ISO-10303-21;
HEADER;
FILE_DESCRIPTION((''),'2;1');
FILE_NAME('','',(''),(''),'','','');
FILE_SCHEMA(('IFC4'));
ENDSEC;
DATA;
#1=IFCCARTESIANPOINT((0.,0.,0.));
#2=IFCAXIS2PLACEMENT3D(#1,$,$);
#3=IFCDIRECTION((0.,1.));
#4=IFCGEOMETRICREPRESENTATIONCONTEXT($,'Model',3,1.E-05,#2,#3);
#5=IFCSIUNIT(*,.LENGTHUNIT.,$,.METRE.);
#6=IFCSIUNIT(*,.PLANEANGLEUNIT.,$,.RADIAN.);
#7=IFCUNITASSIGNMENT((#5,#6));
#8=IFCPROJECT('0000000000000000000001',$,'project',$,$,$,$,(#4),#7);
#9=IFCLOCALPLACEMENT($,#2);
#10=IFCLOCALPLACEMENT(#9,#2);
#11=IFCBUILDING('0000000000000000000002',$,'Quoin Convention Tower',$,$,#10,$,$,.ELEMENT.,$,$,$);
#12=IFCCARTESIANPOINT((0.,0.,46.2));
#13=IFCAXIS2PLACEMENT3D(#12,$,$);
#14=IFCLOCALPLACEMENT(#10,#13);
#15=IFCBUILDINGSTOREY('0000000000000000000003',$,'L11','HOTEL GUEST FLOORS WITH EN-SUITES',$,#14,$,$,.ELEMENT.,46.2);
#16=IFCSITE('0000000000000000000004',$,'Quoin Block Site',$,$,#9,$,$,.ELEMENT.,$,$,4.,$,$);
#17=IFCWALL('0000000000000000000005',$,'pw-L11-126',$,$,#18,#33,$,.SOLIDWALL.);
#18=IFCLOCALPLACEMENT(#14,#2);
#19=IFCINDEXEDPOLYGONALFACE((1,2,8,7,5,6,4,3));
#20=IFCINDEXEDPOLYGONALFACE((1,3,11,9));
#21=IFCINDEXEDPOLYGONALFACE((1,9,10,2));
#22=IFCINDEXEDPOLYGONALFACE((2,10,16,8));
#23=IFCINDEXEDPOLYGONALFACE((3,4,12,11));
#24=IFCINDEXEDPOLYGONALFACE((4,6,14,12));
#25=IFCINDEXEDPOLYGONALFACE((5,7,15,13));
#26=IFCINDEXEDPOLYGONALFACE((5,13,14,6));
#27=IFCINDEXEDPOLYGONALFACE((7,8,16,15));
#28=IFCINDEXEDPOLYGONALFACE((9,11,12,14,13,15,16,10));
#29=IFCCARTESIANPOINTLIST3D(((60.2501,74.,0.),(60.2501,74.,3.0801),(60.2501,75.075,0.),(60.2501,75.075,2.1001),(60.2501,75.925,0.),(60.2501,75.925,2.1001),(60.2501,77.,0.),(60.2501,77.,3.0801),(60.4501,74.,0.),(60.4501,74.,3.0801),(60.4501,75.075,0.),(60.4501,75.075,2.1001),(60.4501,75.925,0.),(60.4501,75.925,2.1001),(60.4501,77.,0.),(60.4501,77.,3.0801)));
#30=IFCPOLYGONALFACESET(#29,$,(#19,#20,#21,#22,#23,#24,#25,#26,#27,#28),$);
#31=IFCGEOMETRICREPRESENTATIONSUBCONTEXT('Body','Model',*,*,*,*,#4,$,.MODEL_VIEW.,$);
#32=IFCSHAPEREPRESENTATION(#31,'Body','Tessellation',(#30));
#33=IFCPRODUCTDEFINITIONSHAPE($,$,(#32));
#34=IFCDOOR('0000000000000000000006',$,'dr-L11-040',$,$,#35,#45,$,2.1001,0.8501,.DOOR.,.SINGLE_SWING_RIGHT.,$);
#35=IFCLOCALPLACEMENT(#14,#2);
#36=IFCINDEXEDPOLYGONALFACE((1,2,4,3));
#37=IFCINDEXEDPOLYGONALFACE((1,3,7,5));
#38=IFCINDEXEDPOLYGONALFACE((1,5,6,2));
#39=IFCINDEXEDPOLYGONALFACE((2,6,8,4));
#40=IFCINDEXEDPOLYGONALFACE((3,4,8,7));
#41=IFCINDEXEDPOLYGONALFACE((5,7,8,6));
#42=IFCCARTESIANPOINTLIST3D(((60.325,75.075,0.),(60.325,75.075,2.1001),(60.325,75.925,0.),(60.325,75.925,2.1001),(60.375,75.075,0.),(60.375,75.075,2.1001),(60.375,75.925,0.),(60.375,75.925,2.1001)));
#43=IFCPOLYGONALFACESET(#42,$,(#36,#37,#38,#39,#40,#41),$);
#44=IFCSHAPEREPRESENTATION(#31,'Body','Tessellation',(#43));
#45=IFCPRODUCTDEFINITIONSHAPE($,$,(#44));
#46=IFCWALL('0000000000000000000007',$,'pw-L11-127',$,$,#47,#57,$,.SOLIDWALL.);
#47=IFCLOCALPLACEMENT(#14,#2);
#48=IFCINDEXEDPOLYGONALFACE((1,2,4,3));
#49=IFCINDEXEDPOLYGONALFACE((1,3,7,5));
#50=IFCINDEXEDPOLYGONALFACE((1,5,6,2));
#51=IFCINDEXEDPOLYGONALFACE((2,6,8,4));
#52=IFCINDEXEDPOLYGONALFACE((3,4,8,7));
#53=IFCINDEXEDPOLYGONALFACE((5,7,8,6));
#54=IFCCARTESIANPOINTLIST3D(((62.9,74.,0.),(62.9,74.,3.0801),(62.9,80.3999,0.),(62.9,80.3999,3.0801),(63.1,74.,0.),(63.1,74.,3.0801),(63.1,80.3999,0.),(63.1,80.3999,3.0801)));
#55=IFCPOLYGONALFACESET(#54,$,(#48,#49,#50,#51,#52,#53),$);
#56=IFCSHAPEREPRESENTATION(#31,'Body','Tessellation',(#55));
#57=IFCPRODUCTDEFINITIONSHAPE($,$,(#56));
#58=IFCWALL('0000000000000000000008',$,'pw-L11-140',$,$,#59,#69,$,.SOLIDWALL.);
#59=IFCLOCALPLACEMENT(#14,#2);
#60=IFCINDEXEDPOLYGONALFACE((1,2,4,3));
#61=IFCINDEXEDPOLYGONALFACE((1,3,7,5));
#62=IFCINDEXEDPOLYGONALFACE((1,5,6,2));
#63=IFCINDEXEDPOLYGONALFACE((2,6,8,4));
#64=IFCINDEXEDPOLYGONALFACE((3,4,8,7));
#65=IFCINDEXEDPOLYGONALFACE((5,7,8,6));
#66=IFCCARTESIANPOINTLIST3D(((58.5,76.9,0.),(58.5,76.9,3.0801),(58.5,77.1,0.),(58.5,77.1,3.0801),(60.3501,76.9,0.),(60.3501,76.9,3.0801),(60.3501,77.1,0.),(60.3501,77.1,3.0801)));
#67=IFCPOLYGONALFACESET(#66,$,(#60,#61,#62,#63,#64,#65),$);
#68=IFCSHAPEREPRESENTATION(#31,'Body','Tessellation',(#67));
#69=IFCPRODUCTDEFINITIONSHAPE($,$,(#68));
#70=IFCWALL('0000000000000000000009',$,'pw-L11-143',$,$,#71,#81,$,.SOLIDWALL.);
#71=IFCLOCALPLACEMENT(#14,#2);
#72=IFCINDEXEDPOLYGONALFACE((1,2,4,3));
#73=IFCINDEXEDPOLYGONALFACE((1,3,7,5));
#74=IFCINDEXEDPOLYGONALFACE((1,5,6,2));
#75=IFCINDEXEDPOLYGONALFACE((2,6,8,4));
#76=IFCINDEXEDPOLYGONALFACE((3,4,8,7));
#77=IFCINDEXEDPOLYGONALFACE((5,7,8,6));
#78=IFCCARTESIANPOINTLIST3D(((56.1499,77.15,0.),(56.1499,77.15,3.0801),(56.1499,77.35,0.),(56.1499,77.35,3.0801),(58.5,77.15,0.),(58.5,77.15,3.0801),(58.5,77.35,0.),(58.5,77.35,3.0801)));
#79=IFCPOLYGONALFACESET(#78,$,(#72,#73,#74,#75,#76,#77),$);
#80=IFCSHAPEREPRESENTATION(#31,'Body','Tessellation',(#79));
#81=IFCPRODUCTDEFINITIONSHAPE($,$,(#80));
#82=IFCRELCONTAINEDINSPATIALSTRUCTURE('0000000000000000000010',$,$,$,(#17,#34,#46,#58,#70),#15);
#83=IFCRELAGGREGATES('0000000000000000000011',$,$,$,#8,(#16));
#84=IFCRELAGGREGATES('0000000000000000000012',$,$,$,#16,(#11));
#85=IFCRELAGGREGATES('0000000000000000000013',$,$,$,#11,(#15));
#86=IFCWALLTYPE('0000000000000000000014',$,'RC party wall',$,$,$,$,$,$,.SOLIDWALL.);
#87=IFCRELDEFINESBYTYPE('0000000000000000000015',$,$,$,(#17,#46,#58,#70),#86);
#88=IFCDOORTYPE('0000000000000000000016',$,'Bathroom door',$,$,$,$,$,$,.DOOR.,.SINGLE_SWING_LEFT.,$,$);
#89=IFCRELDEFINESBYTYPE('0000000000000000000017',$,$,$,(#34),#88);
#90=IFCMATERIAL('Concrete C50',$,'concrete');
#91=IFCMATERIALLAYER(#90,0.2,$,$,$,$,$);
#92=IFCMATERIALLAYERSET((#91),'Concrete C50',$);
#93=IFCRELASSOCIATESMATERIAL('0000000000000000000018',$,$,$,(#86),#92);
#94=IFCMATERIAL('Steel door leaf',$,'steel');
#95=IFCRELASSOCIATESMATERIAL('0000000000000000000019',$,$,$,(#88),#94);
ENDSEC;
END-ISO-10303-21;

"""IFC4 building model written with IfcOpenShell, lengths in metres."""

from ifc_helpers import new_model, si_unit, direction, frame, frame_2d, origin, place, context, subcontext, project, spatial, rectangle, extrude, material, layer, layer_set, type_object, element, fill, save


model = new_model("IFC4")

# Units and contexts
model_context = context("Model", 3, precision=1e-05, world=origin(), true_north=direction((0.0, 1.0)))
body_context = subcontext(model_context, "Body", "Model", "MODEL_VIEW")
ifc_project = project(units=[si_unit("LENGTHUNIT", "METRE"), si_unit("PLANEANGLEUNIT", "RADIAN")], contexts=[model_context])

# Site, building, storey
site_placement = place(None, origin())
site = spatial("IfcSite", under=ifc_project, at=site_placement, Name="Quoin Block Site", CompositionType="ELEMENT", RefElevation=4.0)
building_placement = place(site_placement, origin())
building = spatial("IfcBuilding", under=site, at=building_placement, Name="Quoin Convention Tower", CompositionType="ELEMENT")
storey_placement = place(building_placement, frame((0.0, 0.0, 46.2)))
storey = spatial("IfcBuildingStorey", under=building, at=storey_placement, Name="L11", Description="HOTEL GUEST FLOORS WITH EN-SUITES", CompositionType="ELEMENT", Elevation=46.2)

# Shared definitions
ifc_material_1 = material(Name="Steel door leaf", Category="steel")

# Shared definitions
ifc_material_2 = material(Name="Concrete C50", Category="concrete")
ifc_layer_1 = layer(ifc_material_2, 0.2)
ifc_layer_set_1 = layer_set([ifc_layer_1], Name="Concrete C50")
wall_type_1 = type_object("IfcWallType", Name="RC party wall", PredefinedType="SOLIDWALL", material=ifc_layer_set_1)

# Wall, opening, door
wall_1_placement = place(storey_placement, frame((60.3501, 74.0, 0.0), z_axis=(0.0, 0.0, 1.0), x_axis=(0.0, 1.0, 0.0)))
wall_1 = element("IfcWall", 1, at=wall_1_placement, inside=storey, type_object=wall_type_1, Name="pw-L11-126", PredefinedType="SOLIDWALL", context=body_context, shape_type="SweptSolid", body=[
    extrude(rectangle(XDim=3.0, YDim=0.2, at=frame_2d((1.5, 0.0))), origin(), (0.0, 0.0, 1.0), 3.0801),
])
opening_1_placement = place(wall_1_placement, frame((1.075, 0.0, 0.0)))
opening_1 = element("IfcOpeningElement", 2, at=opening_1_placement, cuts=wall_1, PredefinedType="OPENING", context=body_context, shape_type="SweptSolid", body=[
    extrude(rectangle(XDim=0.8501, YDim=2.1001, at=frame_2d((0.425, 1.05))), frame((0.0, 0.1099, 0.0), z_axis=(0.0, -1.0, 0.0), x_axis=(1.0, 0.0, 0.0)), (0.0, 0.0, 1.0), 0.22),
])
door_type_1 = type_object("IfcDoorType", Name="Bathroom door", OperationType="SINGLE_SWING_LEFT", PredefinedType="DOOR", material=ifc_material_1)
door_1_placement = place(opening_1_placement, frame((0.8501, 0.0, 0.0), z_axis=(0.0, 0.0, 1.0), x_axis=(-1.0, 0.0, 0.0)))
door_1 = element("IfcDoor", 3, at=door_1_placement, inside=storey, type_object=door_type_1, Name="dr-L11-040", OperationType="SINGLE_SWING_RIGHT", OverallHeight=2.1001, OverallWidth=0.8501, PredefinedType="DOOR", context=body_context, shape_type="SweptSolid", body=[
    extrude(rectangle(XDim=0.8501, YDim=2.1001, at=frame_2d((0.425, 1.05))), frame((0.0, 0.0249, 0.0), z_axis=(0.0, -1.0, 0.0), x_axis=(1.0, 0.0, 0.0)), (0.0, 0.0, 1.0), 0.05),
])
fill(opening_1, door_1)

# Walls
wall_2_placement = place(storey_placement, frame((63.0, 74.0, 0.0), z_axis=(0.0, 0.0, 1.0), x_axis=(0.0, 1.0, 0.0)))
element("IfcWall", 4, at=wall_2_placement, inside=storey, type_object=wall_type_1, Name="pw-L11-127", PredefinedType="SOLIDWALL", context=body_context, shape_type="SweptSolid", body=[
    extrude(rectangle(XDim=6.3999, YDim=0.2, at=frame_2d((3.2, 0.0))), origin(), (0.0, 0.0, 1.0), 3.0801),
])
wall_3_placement = place(storey_placement, frame((58.5, 77.0, 0.0), z_axis=(0.0, 0.0, 1.0), x_axis=(1.0, 0.0, 0.0)))
element("IfcWall", 5, at=wall_3_placement, inside=storey, type_object=wall_type_1, Name="pw-L11-140", PredefinedType="SOLIDWALL", context=body_context, shape_type="SweptSolid", body=[
    extrude(rectangle(XDim=1.8501, YDim=0.2, at=frame_2d((0.925, 0.0))), origin(), (0.0, 0.0, 1.0), 3.0801),
])
wall_4_placement = place(storey_placement, frame((56.1499, 77.25, 0.0), z_axis=(0.0, 0.0, 1.0), x_axis=(1.0, 0.0, 0.0)))
element("IfcWall", 6, at=wall_4_placement, inside=storey, type_object=wall_type_1, Name="pw-L11-143", PredefinedType="SOLIDWALL", context=body_context, shape_type="SweptSolid", body=[
    extrude(rectangle(XDim=2.3501, YDim=0.2, at=frame_2d((1.175, 0.0))), origin(), (0.0, 0.0, 1.0), 3.0801),
])

save(model, "model.ifc")
